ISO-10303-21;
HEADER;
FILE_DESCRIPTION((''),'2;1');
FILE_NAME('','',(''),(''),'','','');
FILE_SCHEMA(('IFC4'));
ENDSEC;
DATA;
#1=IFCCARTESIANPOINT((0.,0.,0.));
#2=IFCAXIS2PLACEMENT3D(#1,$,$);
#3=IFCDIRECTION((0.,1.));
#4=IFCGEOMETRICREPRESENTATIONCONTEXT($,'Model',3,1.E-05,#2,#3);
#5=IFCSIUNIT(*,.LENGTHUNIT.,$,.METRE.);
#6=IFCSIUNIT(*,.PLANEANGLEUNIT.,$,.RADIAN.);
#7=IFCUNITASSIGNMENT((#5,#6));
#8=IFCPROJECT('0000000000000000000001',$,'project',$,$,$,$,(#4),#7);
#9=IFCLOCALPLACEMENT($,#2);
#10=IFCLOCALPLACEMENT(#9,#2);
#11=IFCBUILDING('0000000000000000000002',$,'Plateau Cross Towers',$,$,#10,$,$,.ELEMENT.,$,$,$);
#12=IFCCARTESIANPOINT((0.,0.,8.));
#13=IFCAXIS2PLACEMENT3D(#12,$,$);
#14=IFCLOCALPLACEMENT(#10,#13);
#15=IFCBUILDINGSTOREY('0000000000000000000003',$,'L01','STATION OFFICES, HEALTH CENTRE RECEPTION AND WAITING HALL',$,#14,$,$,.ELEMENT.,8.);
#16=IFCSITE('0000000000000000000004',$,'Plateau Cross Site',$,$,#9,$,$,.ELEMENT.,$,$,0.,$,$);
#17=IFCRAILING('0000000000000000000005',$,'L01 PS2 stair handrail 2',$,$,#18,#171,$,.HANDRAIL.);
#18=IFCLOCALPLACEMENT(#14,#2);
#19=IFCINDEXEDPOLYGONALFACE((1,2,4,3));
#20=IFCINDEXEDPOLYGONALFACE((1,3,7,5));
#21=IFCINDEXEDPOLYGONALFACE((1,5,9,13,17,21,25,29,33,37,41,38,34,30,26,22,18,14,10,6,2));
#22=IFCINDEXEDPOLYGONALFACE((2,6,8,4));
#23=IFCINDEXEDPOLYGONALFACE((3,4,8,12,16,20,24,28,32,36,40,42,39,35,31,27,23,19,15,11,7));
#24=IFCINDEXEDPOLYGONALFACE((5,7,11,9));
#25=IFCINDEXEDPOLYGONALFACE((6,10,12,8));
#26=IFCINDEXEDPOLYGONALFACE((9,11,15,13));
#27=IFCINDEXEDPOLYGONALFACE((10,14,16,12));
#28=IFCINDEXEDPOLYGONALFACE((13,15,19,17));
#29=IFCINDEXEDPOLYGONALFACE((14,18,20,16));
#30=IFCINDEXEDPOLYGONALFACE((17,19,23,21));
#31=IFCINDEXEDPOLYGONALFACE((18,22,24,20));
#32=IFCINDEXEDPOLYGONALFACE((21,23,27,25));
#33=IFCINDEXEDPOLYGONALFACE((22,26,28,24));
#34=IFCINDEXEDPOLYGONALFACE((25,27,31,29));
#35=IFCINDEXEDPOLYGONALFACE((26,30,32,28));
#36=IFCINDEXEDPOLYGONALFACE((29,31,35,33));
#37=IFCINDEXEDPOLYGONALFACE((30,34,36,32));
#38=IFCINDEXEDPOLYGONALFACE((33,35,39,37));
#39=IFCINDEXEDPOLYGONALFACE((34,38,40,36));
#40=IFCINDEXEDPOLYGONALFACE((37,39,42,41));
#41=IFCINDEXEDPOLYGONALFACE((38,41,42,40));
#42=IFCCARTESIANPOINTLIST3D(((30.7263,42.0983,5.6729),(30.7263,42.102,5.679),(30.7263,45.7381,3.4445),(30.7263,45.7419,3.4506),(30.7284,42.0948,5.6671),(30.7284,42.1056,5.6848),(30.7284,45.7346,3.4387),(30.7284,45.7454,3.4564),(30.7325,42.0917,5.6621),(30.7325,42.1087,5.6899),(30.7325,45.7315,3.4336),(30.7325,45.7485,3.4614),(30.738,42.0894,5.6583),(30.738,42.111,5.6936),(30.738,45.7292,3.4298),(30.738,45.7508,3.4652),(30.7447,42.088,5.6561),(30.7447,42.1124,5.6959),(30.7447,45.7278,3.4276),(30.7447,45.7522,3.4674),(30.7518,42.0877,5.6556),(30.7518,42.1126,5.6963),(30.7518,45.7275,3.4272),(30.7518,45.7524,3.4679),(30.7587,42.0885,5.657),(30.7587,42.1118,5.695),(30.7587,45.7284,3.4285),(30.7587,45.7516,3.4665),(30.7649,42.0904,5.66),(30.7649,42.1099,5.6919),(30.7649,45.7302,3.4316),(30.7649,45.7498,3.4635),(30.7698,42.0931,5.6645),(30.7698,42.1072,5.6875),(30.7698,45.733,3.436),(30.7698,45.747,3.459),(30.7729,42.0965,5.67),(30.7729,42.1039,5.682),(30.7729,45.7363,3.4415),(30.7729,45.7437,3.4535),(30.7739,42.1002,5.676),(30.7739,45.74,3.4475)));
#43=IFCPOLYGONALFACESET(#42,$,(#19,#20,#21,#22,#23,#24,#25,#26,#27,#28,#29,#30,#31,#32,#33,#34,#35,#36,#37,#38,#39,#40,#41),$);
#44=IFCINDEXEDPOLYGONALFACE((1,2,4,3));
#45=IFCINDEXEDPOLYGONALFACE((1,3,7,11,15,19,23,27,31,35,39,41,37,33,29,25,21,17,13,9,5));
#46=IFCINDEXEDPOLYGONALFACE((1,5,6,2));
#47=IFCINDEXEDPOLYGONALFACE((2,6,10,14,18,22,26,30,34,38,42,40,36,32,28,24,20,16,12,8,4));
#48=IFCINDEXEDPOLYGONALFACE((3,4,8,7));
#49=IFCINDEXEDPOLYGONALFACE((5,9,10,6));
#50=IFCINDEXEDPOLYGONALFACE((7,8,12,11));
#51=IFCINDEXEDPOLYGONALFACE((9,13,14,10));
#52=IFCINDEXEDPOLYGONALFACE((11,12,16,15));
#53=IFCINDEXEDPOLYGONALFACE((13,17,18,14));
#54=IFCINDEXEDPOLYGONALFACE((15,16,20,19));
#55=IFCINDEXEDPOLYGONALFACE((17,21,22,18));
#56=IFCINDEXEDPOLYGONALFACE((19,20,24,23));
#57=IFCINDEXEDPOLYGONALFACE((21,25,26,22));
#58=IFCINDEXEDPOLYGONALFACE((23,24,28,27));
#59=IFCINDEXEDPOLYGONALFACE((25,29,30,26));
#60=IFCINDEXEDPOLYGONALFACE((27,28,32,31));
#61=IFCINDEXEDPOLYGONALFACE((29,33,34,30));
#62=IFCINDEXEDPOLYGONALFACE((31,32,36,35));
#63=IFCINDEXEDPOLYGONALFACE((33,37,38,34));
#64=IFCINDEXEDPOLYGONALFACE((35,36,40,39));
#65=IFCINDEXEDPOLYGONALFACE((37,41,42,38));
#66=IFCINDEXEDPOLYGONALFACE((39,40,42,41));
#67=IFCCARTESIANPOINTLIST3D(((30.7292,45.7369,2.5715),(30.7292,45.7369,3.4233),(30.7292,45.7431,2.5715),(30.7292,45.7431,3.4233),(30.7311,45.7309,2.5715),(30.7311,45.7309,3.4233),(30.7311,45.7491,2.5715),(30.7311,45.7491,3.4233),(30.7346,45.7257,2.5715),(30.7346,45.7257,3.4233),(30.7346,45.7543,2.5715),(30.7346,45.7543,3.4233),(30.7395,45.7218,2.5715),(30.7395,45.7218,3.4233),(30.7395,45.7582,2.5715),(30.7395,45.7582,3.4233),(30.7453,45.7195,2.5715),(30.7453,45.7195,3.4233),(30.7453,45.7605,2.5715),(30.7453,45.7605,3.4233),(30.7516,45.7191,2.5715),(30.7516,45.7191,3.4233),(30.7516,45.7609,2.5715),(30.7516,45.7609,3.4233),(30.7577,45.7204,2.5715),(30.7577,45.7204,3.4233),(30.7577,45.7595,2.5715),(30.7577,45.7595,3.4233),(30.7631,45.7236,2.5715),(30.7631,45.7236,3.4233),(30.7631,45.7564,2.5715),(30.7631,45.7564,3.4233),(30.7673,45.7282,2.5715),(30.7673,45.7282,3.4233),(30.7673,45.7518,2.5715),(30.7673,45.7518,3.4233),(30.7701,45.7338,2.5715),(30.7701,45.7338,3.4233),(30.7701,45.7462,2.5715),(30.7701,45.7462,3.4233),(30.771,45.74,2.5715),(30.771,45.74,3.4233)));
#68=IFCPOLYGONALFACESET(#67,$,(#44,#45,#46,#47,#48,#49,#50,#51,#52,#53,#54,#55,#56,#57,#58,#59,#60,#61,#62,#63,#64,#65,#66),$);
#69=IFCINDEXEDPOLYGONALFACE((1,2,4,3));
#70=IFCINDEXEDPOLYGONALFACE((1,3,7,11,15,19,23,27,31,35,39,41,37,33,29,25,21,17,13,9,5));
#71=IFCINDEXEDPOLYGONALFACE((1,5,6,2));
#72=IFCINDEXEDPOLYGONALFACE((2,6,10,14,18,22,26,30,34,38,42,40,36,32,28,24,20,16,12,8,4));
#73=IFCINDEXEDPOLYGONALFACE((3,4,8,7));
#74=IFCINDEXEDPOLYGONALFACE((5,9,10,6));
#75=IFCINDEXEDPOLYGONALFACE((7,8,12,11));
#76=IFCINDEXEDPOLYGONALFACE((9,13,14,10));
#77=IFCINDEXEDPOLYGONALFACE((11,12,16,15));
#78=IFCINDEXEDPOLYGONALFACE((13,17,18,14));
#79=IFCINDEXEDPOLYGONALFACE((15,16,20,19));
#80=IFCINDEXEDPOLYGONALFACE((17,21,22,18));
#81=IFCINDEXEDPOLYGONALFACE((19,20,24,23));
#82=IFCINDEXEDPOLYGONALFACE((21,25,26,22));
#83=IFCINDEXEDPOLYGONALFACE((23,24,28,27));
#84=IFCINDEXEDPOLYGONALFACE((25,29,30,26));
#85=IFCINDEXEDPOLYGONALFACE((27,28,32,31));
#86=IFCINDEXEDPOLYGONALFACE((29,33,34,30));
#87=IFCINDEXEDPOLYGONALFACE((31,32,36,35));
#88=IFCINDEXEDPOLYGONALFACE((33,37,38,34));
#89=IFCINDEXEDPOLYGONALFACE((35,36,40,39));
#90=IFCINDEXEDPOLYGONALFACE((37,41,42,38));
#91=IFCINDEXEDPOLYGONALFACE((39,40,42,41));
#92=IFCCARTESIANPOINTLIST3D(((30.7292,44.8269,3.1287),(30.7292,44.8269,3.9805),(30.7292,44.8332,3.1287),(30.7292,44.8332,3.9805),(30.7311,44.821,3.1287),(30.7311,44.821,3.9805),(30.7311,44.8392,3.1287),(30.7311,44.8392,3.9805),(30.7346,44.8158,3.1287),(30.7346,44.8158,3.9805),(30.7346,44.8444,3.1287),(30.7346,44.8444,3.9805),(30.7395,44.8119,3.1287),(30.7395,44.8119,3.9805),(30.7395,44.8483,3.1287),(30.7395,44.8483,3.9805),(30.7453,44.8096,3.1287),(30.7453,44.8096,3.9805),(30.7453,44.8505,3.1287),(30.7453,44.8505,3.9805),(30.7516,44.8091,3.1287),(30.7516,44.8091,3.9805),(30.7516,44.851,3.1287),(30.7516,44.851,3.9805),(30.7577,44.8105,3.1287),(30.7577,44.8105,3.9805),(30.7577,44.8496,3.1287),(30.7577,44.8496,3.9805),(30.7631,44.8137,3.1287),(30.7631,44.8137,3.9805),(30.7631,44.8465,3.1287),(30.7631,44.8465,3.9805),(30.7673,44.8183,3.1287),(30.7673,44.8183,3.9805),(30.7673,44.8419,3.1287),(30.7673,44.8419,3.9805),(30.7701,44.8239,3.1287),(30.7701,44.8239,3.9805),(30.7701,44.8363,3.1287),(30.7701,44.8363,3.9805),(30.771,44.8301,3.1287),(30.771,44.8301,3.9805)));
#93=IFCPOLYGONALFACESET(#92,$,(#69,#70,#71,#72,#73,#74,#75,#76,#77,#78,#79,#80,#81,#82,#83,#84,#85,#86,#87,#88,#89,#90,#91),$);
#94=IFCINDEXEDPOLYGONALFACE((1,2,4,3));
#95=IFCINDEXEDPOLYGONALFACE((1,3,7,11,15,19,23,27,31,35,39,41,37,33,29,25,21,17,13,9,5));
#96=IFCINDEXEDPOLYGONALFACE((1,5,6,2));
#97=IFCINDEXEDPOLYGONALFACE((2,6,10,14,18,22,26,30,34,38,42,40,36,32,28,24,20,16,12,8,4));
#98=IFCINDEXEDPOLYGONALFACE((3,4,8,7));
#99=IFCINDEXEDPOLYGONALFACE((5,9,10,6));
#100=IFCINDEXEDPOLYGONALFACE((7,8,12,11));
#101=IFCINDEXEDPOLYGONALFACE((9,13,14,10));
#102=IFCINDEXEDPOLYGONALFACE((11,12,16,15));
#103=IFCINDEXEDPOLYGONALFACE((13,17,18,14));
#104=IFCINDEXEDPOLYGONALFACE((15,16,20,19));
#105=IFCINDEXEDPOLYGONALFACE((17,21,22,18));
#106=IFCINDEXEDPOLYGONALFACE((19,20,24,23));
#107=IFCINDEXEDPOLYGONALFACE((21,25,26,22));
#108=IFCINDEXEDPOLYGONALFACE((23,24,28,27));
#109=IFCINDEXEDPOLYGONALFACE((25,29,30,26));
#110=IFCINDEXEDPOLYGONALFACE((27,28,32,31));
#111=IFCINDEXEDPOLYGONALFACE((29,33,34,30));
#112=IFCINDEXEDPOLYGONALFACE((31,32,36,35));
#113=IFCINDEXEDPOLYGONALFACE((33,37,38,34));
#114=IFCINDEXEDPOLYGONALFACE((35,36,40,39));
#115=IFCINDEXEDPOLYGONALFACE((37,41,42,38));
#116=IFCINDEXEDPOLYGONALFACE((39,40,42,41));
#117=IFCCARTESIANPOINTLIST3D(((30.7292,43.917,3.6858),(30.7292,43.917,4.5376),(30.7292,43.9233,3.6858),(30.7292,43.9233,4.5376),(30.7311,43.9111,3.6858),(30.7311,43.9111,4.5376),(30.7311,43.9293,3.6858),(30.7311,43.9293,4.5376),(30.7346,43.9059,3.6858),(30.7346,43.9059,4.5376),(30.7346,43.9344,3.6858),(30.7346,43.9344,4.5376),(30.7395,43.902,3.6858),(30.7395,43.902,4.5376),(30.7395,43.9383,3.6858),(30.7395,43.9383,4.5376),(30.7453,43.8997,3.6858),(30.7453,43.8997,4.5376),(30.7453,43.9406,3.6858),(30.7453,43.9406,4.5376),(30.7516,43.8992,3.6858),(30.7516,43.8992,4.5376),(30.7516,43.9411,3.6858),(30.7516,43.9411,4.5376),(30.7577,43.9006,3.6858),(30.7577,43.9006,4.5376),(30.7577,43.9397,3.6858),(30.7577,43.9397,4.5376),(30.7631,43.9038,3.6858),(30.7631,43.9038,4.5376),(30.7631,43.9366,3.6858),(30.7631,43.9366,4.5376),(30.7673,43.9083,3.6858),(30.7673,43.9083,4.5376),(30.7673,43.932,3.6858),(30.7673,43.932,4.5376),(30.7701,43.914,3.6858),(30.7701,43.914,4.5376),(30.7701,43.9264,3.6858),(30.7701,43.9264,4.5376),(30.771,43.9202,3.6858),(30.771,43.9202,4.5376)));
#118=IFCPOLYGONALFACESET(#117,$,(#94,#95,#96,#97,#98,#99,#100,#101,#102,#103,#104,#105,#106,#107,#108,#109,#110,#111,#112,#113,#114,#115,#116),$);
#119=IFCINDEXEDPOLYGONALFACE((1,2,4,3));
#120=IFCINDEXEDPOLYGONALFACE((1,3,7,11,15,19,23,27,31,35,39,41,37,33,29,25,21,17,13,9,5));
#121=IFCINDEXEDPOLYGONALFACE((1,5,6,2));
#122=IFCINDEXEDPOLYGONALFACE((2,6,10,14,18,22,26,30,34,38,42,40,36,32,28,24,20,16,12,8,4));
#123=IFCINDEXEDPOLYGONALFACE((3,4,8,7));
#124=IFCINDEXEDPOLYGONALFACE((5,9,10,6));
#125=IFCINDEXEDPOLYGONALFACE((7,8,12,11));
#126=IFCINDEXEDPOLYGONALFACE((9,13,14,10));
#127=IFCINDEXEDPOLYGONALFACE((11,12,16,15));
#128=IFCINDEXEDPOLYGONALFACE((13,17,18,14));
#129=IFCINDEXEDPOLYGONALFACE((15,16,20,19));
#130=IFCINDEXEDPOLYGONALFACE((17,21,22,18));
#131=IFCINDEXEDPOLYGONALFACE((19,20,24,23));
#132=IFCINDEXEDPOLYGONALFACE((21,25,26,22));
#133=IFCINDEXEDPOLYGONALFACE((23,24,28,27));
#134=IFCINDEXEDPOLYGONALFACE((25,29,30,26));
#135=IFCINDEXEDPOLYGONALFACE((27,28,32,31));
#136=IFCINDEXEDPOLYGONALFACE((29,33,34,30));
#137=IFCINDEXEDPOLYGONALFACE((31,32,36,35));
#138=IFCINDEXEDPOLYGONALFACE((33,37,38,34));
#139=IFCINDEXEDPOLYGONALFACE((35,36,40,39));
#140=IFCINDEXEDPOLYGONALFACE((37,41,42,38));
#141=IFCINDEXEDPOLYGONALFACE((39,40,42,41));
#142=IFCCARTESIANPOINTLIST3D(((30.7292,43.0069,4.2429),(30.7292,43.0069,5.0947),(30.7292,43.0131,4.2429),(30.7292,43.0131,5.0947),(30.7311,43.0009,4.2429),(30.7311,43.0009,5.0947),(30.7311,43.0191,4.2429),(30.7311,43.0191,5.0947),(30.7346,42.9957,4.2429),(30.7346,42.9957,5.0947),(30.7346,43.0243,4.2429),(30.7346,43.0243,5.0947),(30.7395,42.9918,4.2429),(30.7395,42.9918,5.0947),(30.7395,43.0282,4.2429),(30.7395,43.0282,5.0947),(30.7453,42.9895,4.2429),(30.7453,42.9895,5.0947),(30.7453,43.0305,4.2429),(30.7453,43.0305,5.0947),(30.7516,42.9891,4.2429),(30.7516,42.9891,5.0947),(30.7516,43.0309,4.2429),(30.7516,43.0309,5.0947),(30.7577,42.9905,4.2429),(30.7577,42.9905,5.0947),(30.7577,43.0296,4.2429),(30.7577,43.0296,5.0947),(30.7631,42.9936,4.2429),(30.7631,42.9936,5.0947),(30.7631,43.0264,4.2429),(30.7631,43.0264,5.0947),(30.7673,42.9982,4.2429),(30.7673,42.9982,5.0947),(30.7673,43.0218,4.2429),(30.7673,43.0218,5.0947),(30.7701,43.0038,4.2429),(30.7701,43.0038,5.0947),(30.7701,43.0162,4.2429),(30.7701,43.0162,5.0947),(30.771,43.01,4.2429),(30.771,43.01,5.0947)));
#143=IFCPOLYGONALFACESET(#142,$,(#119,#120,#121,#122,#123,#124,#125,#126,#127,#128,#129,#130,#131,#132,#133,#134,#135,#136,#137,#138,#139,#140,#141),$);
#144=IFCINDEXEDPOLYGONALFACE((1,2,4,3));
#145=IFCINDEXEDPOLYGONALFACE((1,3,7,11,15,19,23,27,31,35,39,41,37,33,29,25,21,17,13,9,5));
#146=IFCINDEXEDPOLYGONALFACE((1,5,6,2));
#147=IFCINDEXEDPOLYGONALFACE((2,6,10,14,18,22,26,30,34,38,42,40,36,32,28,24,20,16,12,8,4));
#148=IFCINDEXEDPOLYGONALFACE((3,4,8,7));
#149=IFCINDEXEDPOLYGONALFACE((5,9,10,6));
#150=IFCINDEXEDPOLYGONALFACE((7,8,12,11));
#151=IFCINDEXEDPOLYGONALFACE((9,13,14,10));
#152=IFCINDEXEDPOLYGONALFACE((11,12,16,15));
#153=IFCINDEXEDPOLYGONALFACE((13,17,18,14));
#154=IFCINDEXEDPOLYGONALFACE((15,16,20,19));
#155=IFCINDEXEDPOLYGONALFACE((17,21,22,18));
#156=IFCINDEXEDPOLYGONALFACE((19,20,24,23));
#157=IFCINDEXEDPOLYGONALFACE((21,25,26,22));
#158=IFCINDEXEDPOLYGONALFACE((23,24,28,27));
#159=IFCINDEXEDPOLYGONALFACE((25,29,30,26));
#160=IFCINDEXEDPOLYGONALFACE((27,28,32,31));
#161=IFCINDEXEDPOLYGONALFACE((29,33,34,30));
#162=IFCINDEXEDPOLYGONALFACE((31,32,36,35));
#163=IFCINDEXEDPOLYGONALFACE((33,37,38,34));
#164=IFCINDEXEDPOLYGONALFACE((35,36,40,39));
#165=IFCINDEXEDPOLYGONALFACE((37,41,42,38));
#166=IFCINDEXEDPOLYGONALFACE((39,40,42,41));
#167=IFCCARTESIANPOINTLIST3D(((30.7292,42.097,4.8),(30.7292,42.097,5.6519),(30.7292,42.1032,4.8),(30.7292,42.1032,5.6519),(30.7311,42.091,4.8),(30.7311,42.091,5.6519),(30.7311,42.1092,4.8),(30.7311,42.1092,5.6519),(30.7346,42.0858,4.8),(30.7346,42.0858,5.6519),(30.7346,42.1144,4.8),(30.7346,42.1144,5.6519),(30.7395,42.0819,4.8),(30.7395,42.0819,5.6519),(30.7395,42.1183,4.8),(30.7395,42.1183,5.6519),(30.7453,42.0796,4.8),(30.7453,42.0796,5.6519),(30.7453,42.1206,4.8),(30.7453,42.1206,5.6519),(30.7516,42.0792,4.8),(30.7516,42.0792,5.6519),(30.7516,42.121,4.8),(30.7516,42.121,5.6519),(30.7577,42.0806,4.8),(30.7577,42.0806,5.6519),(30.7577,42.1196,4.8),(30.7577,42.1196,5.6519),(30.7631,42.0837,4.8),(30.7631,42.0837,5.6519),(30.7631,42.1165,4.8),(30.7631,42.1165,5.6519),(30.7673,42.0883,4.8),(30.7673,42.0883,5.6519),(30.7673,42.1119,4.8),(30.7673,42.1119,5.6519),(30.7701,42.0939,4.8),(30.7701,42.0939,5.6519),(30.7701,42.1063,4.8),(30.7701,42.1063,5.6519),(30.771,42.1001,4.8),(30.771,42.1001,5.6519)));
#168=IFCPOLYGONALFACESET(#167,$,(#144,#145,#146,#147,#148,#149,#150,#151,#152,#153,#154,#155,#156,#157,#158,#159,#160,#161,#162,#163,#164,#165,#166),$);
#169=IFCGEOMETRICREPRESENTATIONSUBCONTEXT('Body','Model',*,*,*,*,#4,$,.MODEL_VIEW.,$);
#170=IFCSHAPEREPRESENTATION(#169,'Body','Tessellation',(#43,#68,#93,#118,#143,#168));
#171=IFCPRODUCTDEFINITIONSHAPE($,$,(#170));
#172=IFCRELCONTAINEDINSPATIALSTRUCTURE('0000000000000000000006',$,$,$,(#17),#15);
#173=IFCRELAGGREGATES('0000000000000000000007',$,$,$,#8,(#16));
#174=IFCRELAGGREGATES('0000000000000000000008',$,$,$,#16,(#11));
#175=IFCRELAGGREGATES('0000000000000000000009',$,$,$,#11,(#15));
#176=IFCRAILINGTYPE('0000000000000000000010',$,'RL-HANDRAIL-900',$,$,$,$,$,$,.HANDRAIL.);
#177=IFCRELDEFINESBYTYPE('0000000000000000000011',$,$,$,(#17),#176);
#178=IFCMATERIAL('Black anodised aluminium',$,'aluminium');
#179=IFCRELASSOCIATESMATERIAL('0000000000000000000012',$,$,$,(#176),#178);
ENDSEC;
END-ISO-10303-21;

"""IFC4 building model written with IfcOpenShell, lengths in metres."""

from ifc_helpers import new_model, si_unit, direction, frame, origin, origin_2d, place, context, subcontext, project, spatial, circle, extrude, material, type_object, element, save


model = new_model("IFC4")

# Units and contexts
model_context = context("Model", 3, precision=1e-05, world=origin(), true_north=direction((0.0, 1.0)))
body_context = subcontext(model_context, "Body", "Model", "MODEL_VIEW")
ifc_project = project(units=[si_unit("LENGTHUNIT", "METRE"), si_unit("PLANEANGLEUNIT", "RADIAN")], contexts=[model_context])

# Site, building, storey
site_placement = place(None, origin())
site = spatial("IfcSite", under=ifc_project, at=site_placement, Name="Plateau Cross Site", CompositionType="ELEMENT", RefElevation=0.0)
building_placement = place(site_placement, origin())
building = spatial("IfcBuilding", under=site, at=building_placement, Name="Plateau Cross Towers", CompositionType="ELEMENT")
storey_placement = place(building_placement, frame((0.0, 0.0, 8.0)))
storey = spatial("IfcBuildingStorey", under=building, at=storey_placement, Name="L01", Description="STATION OFFICES, HEALTH CENTRE RECEPTION AND WAITING HALL", CompositionType="ELEMENT", Elevation=8.0)

# Shared definitions
ifc_material_1 = material(Name="Black anodised aluminium", Category="aluminium")

# Railing
railing_type_1 = type_object("IfcRailingType", Name="RL-HANDRAIL-900", PredefinedType="HANDRAIL", material=ifc_material_1)
railing_1_placement = place(storey_placement, frame((30.75, 45.74, 2.5715)))
element("IfcRailing", 1, at=railing_1_placement, inside=storey, type_object=railing_type_1, Name="L01 PS2 stair handrail 2", PredefinedType="HANDRAIL", context=body_context, shape_type="SweptSolid", body=[
    extrude(circle(Radius=0.0239, at=origin_2d()), frame((0.0, 0.0, 0.876), z_axis=(0.0, -0.85285, 0.522156), x_axis=(1.0, 0.0, 0.0)), (0.0, 0.0, 1.0), 4.2678),
    extrude(circle(Radius=0.021, at=origin_2d()), origin(), (0.0, 0.0, 1.0), 0.8518),
    extrude(circle(Radius=0.021, at=origin_2d()), frame((0.0, -0.9099, 0.5571)), (0.0, 0.0, 1.0), 0.8518),
    extrude(circle(Radius=0.021, at=origin_2d()), frame((0.0, -1.8198, 1.1143)), (0.0, 0.0, 1.0), 0.8518),
    extrude(circle(Radius=0.021, at=origin_2d()), frame((0.0, -2.73, 1.6714)), (0.0, 0.0, 1.0), 0.8518),
    extrude(circle(Radius=0.021, at=origin_2d()), frame((0.0, -3.6399, 2.2285)), (0.0, 0.0, 1.0), 0.8518),
])

save(model, "model.ifc")
